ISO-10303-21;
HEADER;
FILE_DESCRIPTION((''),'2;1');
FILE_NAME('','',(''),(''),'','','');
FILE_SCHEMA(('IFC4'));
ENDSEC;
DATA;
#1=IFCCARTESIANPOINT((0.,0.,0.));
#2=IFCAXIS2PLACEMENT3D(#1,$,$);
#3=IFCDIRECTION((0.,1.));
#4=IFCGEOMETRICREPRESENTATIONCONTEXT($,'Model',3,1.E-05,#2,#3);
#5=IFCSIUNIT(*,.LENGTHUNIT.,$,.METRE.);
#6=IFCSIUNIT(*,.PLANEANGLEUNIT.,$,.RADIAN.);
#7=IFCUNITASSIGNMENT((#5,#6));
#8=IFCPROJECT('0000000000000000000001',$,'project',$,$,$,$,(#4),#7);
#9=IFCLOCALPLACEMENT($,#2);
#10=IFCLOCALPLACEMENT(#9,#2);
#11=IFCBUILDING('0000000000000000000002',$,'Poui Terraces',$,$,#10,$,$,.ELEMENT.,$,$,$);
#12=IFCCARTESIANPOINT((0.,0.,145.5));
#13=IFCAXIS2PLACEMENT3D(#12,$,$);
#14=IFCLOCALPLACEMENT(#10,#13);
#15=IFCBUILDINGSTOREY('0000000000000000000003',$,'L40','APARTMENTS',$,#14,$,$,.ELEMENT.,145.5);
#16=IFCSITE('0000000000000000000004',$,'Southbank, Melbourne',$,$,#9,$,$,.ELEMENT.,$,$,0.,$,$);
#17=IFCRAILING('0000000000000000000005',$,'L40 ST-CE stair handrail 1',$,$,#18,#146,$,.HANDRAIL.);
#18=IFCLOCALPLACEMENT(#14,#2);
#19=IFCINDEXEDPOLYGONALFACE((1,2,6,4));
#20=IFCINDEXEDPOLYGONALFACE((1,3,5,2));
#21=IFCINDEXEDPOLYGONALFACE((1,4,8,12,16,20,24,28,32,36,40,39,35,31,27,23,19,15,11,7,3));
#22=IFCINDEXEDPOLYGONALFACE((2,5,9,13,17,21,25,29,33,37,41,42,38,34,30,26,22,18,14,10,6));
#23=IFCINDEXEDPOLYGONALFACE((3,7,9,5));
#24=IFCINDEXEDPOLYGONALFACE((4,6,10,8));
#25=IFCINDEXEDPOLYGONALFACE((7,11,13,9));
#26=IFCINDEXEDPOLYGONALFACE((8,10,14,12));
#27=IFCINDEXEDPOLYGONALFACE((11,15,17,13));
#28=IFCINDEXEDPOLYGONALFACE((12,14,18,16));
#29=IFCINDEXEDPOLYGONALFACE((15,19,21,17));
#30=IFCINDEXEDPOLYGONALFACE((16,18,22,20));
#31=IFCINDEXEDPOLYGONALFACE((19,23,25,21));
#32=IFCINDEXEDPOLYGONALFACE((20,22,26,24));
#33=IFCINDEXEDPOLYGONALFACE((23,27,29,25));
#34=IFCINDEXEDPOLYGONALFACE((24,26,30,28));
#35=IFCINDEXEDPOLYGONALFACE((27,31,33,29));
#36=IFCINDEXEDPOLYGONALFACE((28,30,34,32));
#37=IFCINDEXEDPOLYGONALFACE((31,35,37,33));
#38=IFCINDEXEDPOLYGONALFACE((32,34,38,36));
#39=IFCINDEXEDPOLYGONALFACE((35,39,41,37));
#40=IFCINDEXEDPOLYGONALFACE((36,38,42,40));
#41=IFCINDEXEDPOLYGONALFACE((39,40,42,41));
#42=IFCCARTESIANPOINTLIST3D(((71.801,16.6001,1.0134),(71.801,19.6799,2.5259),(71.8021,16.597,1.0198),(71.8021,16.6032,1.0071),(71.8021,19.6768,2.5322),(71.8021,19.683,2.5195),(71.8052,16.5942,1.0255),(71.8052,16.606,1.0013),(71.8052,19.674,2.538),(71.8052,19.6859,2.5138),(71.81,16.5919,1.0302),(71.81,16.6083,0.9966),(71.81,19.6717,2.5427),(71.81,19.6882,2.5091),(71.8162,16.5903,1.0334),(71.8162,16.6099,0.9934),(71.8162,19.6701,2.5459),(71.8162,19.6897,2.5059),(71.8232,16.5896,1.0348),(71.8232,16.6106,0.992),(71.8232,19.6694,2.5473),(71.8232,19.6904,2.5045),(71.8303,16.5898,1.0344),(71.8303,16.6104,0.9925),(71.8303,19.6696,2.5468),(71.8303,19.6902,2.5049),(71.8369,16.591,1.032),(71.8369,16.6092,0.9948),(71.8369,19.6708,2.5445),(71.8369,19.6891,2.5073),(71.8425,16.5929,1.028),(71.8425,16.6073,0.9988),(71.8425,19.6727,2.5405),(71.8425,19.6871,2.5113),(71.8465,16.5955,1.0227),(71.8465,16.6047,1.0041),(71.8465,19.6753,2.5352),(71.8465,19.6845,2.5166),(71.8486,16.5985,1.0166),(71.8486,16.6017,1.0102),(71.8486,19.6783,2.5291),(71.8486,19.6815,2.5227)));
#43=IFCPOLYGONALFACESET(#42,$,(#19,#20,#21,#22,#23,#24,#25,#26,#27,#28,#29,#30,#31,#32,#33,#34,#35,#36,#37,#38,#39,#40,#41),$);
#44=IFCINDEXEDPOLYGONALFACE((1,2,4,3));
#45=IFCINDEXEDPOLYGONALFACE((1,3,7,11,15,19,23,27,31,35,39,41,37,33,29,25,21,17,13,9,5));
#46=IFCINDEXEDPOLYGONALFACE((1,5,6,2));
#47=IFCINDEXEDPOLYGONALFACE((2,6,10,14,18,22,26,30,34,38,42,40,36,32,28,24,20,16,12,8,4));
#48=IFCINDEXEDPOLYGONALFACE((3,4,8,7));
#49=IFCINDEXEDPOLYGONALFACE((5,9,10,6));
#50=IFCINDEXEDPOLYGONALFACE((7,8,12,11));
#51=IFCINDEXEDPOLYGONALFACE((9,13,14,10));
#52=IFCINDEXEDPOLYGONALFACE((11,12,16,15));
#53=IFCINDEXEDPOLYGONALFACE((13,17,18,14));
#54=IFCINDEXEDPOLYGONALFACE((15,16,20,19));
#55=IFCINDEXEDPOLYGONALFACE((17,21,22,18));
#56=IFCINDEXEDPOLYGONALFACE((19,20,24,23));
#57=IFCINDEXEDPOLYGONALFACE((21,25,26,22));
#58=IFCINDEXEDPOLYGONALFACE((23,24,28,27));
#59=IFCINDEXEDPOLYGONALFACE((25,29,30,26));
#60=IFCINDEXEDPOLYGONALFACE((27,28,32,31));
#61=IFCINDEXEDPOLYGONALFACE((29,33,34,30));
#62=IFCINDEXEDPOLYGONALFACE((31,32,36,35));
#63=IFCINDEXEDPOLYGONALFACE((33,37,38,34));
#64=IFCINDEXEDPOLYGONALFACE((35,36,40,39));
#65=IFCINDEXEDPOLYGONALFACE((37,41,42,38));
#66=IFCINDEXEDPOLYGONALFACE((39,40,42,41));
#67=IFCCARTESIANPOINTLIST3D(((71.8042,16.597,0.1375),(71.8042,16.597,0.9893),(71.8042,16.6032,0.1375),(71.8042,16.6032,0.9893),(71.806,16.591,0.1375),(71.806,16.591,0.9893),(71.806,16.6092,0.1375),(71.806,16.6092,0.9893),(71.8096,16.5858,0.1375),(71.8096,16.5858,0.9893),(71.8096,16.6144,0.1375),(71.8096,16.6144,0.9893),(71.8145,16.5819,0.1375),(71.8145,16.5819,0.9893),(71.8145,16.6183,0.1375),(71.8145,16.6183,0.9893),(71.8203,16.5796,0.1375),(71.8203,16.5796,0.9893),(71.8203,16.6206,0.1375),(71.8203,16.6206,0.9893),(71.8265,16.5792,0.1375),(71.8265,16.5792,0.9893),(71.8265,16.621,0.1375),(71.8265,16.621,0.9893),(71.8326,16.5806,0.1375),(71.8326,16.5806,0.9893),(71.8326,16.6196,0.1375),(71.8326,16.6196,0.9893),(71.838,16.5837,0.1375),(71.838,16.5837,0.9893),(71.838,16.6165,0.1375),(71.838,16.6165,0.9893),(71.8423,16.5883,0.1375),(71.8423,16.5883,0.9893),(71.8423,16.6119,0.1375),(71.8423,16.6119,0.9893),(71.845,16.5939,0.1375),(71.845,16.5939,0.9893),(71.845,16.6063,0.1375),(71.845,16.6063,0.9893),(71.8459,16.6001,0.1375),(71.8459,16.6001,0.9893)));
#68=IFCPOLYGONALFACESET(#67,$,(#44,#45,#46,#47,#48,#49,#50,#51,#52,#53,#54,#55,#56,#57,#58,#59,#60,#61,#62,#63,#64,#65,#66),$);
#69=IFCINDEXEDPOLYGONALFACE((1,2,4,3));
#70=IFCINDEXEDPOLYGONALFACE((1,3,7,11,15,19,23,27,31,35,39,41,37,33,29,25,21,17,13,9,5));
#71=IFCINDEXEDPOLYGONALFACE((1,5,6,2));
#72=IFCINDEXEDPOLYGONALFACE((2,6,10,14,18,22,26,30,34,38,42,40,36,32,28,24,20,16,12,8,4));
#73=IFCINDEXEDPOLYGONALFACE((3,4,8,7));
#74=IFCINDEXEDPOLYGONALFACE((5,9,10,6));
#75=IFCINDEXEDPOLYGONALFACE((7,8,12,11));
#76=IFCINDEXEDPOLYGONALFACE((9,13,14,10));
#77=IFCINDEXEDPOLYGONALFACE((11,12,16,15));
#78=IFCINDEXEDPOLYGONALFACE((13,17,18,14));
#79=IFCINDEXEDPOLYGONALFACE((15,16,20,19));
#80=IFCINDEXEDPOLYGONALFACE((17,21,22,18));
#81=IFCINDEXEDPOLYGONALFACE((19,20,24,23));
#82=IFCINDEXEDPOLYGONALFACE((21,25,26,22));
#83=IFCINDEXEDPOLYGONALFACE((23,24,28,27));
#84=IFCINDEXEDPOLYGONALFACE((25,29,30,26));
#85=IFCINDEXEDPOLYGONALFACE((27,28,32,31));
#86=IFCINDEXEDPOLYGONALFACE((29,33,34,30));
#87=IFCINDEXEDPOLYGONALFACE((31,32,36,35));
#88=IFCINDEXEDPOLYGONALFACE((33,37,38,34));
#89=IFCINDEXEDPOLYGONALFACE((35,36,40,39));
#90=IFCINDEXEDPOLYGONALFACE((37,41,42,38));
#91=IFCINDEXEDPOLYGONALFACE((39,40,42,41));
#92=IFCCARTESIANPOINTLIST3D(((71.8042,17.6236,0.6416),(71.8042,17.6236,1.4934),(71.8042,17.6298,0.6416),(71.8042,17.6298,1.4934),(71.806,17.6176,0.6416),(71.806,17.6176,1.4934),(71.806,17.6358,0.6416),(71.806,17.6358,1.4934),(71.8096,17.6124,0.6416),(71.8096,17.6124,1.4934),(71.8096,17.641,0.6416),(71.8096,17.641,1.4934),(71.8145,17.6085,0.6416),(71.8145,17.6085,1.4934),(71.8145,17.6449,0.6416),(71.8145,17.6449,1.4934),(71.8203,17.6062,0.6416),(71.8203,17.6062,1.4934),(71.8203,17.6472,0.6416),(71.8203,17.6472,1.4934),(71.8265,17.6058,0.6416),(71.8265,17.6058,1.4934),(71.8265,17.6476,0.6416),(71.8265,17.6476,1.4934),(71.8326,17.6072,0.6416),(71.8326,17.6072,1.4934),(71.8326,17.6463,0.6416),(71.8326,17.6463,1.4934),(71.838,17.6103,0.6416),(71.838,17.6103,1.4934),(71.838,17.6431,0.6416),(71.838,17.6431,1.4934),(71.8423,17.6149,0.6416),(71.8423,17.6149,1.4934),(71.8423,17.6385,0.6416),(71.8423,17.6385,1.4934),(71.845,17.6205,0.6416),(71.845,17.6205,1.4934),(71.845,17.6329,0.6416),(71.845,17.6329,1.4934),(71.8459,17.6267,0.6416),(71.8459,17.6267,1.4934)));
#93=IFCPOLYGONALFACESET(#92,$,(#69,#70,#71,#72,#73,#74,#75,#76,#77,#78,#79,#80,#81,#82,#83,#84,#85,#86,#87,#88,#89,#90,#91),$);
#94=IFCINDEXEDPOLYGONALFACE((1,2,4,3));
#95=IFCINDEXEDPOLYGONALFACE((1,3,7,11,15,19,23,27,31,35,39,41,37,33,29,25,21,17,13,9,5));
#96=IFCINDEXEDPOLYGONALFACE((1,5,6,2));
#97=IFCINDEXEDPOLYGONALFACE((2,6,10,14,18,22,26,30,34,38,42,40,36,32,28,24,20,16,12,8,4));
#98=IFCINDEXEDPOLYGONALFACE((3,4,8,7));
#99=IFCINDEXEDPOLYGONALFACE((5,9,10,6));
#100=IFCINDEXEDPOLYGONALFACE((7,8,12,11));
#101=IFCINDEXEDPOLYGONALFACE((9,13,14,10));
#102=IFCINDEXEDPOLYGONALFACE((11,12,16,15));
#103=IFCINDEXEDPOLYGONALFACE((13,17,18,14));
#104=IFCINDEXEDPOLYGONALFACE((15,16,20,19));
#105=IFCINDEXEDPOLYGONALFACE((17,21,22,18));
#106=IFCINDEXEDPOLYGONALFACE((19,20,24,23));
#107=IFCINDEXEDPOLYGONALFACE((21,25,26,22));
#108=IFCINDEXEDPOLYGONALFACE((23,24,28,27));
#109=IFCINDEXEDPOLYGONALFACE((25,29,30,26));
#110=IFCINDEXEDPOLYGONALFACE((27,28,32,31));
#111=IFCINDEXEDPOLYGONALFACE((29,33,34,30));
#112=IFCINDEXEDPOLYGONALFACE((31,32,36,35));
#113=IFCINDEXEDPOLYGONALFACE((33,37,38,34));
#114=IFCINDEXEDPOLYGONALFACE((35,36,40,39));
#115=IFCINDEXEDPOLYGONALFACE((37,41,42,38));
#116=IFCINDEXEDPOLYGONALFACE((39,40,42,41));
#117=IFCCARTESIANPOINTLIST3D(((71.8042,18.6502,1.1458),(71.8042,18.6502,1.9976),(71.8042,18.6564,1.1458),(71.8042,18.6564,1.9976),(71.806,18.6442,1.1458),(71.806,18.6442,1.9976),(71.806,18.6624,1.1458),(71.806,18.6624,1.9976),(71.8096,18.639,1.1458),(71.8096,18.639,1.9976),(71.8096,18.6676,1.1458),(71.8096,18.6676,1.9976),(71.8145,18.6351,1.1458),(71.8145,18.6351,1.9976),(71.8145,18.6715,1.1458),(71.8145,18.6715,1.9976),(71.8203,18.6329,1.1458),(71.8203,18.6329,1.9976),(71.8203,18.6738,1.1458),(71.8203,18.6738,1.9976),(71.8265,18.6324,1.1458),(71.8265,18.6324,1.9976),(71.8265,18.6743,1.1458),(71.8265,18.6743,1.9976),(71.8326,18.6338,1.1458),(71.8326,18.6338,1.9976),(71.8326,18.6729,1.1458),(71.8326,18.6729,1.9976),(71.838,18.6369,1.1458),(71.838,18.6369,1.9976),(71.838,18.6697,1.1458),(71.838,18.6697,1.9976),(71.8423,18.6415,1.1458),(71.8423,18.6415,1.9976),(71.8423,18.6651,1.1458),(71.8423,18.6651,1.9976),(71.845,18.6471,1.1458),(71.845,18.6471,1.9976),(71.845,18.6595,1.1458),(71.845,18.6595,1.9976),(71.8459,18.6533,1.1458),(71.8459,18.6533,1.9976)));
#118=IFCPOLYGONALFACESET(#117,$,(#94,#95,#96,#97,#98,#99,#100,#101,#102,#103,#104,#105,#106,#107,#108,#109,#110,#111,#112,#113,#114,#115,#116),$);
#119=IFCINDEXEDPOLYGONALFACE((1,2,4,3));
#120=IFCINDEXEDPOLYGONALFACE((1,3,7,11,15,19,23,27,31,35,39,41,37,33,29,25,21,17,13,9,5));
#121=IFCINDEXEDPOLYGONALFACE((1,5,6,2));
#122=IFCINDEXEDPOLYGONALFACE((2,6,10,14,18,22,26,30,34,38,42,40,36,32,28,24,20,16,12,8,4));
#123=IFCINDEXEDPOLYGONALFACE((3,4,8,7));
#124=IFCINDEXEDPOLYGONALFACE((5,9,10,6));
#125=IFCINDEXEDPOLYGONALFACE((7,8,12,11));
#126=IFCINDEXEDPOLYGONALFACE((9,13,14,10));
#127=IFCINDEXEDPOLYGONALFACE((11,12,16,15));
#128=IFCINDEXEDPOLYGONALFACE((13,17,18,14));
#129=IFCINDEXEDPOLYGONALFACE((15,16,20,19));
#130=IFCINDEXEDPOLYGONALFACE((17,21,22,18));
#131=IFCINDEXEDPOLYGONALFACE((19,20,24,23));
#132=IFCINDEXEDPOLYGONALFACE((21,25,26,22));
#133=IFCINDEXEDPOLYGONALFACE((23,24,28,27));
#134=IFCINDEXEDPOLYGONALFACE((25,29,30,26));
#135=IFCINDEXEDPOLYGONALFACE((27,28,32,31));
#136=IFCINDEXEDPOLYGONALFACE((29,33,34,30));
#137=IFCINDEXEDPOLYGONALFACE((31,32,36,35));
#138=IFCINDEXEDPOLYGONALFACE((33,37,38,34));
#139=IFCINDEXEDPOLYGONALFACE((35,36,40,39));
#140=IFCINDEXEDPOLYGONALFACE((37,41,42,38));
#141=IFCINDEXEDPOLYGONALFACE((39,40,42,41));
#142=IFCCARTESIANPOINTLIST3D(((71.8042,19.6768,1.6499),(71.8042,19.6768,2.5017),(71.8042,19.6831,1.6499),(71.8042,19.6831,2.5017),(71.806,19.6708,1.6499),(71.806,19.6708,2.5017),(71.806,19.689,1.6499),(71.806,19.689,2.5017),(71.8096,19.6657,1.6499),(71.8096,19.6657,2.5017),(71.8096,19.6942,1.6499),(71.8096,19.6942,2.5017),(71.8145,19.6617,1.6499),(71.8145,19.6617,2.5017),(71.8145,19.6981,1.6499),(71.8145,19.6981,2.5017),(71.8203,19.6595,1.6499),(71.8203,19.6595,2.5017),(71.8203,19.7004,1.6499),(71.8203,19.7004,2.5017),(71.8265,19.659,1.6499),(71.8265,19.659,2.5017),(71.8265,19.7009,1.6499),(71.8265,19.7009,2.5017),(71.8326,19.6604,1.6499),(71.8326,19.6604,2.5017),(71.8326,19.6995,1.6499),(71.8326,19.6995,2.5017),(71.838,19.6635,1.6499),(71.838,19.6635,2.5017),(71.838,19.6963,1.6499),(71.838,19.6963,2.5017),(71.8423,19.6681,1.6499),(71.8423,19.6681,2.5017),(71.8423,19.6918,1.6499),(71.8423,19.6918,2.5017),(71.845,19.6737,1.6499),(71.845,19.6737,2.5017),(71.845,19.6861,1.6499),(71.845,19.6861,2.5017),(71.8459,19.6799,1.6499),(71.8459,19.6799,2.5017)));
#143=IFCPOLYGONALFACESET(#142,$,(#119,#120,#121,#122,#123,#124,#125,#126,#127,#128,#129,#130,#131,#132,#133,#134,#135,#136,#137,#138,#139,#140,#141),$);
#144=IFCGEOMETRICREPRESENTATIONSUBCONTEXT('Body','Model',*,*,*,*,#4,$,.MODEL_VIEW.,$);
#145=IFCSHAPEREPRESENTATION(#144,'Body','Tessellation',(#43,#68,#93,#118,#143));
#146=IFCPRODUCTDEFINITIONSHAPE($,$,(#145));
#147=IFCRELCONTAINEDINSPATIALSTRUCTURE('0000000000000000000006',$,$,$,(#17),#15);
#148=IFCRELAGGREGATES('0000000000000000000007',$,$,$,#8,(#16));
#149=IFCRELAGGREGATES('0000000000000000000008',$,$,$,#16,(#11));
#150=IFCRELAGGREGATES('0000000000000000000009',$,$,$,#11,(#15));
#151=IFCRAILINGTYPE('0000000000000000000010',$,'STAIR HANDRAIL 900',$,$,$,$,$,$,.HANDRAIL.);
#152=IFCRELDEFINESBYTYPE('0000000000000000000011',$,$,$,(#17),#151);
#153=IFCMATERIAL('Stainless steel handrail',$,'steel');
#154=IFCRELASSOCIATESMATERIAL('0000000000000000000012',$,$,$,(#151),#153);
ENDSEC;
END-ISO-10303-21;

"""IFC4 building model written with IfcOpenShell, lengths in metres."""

from ifc_helpers import new_model, si_unit, direction, frame, origin, origin_2d, place, context, subcontext, project, spatial, circle, extrude, material, type_object, element, save


model = new_model("IFC4")

# Units and contexts
model_context = context("Model", 3, precision=1e-05, world=origin(), true_north=direction((0.0, 1.0)))
body_context = subcontext(model_context, "Body", "Model", "MODEL_VIEW")
ifc_project = project(units=[si_unit("LENGTHUNIT", "METRE"), si_unit("PLANEANGLEUNIT", "RADIAN")], contexts=[model_context])

# Site, building, storey
site_placement = place(None, origin())
site = spatial("IfcSite", under=ifc_project, at=site_placement, Name="Southbank, Melbourne", CompositionType="ELEMENT", RefElevation=0.0)
building_placement = place(site_placement, origin())
building = spatial("IfcBuilding", under=site, at=building_placement, Name="Poui Terraces", CompositionType="ELEMENT")
storey_placement = place(building_placement, frame((0.0, 0.0, 145.5)))
storey = spatial("IfcBuildingStorey", under=building, at=storey_placement, Name="L40", Description="APARTMENTS", CompositionType="ELEMENT", Elevation=145.5)

# Railing
ifc_material_1 = material(Name="Stainless steel handrail", Category="steel")
railing_type_1 = type_object("IfcRailingType", Name="STAIR HANDRAIL 900", PredefinedType="HANDRAIL", material=ifc_material_1)
railing_1_placement = place(storey_placement, frame((71.825, 16.6001, 0.1375)))
element("IfcRailing", 1, at=railing_1_placement, inside=storey, type_object=railing_type_1, Name="L40 ST-CE stair handrail 1", PredefinedType="HANDRAIL", context=body_context, shape_type="SweptSolid", body=[
    extrude(circle(Radius=0.0239, at=origin_2d()), frame((0.0, 0.0, 0.876), z_axis=(0.0, 0.897606, 0.440798), x_axis=(-1.0, 0.0, 0.0)), (0.0, 0.0, 1.0), 3.4312),
    extrude(circle(Radius=0.021, at=origin_2d()), origin(), (0.0, 0.0, 1.0), 0.8518),
    extrude(circle(Radius=0.021, at=origin_2d()), frame((0.0, 1.0266, 0.5042)), (0.0, 0.0, 1.0), 0.8518),
    extrude(circle(Radius=0.021, at=origin_2d()), frame((0.0, 2.0532, 1.0083)), (0.0, 0.0, 1.0), 0.8518),
    extrude(circle(Radius=0.021, at=origin_2d()), frame((0.0, 3.0798, 1.5125)), (0.0, 0.0, 1.0), 0.8518),
])

save(model, "model.ifc")
